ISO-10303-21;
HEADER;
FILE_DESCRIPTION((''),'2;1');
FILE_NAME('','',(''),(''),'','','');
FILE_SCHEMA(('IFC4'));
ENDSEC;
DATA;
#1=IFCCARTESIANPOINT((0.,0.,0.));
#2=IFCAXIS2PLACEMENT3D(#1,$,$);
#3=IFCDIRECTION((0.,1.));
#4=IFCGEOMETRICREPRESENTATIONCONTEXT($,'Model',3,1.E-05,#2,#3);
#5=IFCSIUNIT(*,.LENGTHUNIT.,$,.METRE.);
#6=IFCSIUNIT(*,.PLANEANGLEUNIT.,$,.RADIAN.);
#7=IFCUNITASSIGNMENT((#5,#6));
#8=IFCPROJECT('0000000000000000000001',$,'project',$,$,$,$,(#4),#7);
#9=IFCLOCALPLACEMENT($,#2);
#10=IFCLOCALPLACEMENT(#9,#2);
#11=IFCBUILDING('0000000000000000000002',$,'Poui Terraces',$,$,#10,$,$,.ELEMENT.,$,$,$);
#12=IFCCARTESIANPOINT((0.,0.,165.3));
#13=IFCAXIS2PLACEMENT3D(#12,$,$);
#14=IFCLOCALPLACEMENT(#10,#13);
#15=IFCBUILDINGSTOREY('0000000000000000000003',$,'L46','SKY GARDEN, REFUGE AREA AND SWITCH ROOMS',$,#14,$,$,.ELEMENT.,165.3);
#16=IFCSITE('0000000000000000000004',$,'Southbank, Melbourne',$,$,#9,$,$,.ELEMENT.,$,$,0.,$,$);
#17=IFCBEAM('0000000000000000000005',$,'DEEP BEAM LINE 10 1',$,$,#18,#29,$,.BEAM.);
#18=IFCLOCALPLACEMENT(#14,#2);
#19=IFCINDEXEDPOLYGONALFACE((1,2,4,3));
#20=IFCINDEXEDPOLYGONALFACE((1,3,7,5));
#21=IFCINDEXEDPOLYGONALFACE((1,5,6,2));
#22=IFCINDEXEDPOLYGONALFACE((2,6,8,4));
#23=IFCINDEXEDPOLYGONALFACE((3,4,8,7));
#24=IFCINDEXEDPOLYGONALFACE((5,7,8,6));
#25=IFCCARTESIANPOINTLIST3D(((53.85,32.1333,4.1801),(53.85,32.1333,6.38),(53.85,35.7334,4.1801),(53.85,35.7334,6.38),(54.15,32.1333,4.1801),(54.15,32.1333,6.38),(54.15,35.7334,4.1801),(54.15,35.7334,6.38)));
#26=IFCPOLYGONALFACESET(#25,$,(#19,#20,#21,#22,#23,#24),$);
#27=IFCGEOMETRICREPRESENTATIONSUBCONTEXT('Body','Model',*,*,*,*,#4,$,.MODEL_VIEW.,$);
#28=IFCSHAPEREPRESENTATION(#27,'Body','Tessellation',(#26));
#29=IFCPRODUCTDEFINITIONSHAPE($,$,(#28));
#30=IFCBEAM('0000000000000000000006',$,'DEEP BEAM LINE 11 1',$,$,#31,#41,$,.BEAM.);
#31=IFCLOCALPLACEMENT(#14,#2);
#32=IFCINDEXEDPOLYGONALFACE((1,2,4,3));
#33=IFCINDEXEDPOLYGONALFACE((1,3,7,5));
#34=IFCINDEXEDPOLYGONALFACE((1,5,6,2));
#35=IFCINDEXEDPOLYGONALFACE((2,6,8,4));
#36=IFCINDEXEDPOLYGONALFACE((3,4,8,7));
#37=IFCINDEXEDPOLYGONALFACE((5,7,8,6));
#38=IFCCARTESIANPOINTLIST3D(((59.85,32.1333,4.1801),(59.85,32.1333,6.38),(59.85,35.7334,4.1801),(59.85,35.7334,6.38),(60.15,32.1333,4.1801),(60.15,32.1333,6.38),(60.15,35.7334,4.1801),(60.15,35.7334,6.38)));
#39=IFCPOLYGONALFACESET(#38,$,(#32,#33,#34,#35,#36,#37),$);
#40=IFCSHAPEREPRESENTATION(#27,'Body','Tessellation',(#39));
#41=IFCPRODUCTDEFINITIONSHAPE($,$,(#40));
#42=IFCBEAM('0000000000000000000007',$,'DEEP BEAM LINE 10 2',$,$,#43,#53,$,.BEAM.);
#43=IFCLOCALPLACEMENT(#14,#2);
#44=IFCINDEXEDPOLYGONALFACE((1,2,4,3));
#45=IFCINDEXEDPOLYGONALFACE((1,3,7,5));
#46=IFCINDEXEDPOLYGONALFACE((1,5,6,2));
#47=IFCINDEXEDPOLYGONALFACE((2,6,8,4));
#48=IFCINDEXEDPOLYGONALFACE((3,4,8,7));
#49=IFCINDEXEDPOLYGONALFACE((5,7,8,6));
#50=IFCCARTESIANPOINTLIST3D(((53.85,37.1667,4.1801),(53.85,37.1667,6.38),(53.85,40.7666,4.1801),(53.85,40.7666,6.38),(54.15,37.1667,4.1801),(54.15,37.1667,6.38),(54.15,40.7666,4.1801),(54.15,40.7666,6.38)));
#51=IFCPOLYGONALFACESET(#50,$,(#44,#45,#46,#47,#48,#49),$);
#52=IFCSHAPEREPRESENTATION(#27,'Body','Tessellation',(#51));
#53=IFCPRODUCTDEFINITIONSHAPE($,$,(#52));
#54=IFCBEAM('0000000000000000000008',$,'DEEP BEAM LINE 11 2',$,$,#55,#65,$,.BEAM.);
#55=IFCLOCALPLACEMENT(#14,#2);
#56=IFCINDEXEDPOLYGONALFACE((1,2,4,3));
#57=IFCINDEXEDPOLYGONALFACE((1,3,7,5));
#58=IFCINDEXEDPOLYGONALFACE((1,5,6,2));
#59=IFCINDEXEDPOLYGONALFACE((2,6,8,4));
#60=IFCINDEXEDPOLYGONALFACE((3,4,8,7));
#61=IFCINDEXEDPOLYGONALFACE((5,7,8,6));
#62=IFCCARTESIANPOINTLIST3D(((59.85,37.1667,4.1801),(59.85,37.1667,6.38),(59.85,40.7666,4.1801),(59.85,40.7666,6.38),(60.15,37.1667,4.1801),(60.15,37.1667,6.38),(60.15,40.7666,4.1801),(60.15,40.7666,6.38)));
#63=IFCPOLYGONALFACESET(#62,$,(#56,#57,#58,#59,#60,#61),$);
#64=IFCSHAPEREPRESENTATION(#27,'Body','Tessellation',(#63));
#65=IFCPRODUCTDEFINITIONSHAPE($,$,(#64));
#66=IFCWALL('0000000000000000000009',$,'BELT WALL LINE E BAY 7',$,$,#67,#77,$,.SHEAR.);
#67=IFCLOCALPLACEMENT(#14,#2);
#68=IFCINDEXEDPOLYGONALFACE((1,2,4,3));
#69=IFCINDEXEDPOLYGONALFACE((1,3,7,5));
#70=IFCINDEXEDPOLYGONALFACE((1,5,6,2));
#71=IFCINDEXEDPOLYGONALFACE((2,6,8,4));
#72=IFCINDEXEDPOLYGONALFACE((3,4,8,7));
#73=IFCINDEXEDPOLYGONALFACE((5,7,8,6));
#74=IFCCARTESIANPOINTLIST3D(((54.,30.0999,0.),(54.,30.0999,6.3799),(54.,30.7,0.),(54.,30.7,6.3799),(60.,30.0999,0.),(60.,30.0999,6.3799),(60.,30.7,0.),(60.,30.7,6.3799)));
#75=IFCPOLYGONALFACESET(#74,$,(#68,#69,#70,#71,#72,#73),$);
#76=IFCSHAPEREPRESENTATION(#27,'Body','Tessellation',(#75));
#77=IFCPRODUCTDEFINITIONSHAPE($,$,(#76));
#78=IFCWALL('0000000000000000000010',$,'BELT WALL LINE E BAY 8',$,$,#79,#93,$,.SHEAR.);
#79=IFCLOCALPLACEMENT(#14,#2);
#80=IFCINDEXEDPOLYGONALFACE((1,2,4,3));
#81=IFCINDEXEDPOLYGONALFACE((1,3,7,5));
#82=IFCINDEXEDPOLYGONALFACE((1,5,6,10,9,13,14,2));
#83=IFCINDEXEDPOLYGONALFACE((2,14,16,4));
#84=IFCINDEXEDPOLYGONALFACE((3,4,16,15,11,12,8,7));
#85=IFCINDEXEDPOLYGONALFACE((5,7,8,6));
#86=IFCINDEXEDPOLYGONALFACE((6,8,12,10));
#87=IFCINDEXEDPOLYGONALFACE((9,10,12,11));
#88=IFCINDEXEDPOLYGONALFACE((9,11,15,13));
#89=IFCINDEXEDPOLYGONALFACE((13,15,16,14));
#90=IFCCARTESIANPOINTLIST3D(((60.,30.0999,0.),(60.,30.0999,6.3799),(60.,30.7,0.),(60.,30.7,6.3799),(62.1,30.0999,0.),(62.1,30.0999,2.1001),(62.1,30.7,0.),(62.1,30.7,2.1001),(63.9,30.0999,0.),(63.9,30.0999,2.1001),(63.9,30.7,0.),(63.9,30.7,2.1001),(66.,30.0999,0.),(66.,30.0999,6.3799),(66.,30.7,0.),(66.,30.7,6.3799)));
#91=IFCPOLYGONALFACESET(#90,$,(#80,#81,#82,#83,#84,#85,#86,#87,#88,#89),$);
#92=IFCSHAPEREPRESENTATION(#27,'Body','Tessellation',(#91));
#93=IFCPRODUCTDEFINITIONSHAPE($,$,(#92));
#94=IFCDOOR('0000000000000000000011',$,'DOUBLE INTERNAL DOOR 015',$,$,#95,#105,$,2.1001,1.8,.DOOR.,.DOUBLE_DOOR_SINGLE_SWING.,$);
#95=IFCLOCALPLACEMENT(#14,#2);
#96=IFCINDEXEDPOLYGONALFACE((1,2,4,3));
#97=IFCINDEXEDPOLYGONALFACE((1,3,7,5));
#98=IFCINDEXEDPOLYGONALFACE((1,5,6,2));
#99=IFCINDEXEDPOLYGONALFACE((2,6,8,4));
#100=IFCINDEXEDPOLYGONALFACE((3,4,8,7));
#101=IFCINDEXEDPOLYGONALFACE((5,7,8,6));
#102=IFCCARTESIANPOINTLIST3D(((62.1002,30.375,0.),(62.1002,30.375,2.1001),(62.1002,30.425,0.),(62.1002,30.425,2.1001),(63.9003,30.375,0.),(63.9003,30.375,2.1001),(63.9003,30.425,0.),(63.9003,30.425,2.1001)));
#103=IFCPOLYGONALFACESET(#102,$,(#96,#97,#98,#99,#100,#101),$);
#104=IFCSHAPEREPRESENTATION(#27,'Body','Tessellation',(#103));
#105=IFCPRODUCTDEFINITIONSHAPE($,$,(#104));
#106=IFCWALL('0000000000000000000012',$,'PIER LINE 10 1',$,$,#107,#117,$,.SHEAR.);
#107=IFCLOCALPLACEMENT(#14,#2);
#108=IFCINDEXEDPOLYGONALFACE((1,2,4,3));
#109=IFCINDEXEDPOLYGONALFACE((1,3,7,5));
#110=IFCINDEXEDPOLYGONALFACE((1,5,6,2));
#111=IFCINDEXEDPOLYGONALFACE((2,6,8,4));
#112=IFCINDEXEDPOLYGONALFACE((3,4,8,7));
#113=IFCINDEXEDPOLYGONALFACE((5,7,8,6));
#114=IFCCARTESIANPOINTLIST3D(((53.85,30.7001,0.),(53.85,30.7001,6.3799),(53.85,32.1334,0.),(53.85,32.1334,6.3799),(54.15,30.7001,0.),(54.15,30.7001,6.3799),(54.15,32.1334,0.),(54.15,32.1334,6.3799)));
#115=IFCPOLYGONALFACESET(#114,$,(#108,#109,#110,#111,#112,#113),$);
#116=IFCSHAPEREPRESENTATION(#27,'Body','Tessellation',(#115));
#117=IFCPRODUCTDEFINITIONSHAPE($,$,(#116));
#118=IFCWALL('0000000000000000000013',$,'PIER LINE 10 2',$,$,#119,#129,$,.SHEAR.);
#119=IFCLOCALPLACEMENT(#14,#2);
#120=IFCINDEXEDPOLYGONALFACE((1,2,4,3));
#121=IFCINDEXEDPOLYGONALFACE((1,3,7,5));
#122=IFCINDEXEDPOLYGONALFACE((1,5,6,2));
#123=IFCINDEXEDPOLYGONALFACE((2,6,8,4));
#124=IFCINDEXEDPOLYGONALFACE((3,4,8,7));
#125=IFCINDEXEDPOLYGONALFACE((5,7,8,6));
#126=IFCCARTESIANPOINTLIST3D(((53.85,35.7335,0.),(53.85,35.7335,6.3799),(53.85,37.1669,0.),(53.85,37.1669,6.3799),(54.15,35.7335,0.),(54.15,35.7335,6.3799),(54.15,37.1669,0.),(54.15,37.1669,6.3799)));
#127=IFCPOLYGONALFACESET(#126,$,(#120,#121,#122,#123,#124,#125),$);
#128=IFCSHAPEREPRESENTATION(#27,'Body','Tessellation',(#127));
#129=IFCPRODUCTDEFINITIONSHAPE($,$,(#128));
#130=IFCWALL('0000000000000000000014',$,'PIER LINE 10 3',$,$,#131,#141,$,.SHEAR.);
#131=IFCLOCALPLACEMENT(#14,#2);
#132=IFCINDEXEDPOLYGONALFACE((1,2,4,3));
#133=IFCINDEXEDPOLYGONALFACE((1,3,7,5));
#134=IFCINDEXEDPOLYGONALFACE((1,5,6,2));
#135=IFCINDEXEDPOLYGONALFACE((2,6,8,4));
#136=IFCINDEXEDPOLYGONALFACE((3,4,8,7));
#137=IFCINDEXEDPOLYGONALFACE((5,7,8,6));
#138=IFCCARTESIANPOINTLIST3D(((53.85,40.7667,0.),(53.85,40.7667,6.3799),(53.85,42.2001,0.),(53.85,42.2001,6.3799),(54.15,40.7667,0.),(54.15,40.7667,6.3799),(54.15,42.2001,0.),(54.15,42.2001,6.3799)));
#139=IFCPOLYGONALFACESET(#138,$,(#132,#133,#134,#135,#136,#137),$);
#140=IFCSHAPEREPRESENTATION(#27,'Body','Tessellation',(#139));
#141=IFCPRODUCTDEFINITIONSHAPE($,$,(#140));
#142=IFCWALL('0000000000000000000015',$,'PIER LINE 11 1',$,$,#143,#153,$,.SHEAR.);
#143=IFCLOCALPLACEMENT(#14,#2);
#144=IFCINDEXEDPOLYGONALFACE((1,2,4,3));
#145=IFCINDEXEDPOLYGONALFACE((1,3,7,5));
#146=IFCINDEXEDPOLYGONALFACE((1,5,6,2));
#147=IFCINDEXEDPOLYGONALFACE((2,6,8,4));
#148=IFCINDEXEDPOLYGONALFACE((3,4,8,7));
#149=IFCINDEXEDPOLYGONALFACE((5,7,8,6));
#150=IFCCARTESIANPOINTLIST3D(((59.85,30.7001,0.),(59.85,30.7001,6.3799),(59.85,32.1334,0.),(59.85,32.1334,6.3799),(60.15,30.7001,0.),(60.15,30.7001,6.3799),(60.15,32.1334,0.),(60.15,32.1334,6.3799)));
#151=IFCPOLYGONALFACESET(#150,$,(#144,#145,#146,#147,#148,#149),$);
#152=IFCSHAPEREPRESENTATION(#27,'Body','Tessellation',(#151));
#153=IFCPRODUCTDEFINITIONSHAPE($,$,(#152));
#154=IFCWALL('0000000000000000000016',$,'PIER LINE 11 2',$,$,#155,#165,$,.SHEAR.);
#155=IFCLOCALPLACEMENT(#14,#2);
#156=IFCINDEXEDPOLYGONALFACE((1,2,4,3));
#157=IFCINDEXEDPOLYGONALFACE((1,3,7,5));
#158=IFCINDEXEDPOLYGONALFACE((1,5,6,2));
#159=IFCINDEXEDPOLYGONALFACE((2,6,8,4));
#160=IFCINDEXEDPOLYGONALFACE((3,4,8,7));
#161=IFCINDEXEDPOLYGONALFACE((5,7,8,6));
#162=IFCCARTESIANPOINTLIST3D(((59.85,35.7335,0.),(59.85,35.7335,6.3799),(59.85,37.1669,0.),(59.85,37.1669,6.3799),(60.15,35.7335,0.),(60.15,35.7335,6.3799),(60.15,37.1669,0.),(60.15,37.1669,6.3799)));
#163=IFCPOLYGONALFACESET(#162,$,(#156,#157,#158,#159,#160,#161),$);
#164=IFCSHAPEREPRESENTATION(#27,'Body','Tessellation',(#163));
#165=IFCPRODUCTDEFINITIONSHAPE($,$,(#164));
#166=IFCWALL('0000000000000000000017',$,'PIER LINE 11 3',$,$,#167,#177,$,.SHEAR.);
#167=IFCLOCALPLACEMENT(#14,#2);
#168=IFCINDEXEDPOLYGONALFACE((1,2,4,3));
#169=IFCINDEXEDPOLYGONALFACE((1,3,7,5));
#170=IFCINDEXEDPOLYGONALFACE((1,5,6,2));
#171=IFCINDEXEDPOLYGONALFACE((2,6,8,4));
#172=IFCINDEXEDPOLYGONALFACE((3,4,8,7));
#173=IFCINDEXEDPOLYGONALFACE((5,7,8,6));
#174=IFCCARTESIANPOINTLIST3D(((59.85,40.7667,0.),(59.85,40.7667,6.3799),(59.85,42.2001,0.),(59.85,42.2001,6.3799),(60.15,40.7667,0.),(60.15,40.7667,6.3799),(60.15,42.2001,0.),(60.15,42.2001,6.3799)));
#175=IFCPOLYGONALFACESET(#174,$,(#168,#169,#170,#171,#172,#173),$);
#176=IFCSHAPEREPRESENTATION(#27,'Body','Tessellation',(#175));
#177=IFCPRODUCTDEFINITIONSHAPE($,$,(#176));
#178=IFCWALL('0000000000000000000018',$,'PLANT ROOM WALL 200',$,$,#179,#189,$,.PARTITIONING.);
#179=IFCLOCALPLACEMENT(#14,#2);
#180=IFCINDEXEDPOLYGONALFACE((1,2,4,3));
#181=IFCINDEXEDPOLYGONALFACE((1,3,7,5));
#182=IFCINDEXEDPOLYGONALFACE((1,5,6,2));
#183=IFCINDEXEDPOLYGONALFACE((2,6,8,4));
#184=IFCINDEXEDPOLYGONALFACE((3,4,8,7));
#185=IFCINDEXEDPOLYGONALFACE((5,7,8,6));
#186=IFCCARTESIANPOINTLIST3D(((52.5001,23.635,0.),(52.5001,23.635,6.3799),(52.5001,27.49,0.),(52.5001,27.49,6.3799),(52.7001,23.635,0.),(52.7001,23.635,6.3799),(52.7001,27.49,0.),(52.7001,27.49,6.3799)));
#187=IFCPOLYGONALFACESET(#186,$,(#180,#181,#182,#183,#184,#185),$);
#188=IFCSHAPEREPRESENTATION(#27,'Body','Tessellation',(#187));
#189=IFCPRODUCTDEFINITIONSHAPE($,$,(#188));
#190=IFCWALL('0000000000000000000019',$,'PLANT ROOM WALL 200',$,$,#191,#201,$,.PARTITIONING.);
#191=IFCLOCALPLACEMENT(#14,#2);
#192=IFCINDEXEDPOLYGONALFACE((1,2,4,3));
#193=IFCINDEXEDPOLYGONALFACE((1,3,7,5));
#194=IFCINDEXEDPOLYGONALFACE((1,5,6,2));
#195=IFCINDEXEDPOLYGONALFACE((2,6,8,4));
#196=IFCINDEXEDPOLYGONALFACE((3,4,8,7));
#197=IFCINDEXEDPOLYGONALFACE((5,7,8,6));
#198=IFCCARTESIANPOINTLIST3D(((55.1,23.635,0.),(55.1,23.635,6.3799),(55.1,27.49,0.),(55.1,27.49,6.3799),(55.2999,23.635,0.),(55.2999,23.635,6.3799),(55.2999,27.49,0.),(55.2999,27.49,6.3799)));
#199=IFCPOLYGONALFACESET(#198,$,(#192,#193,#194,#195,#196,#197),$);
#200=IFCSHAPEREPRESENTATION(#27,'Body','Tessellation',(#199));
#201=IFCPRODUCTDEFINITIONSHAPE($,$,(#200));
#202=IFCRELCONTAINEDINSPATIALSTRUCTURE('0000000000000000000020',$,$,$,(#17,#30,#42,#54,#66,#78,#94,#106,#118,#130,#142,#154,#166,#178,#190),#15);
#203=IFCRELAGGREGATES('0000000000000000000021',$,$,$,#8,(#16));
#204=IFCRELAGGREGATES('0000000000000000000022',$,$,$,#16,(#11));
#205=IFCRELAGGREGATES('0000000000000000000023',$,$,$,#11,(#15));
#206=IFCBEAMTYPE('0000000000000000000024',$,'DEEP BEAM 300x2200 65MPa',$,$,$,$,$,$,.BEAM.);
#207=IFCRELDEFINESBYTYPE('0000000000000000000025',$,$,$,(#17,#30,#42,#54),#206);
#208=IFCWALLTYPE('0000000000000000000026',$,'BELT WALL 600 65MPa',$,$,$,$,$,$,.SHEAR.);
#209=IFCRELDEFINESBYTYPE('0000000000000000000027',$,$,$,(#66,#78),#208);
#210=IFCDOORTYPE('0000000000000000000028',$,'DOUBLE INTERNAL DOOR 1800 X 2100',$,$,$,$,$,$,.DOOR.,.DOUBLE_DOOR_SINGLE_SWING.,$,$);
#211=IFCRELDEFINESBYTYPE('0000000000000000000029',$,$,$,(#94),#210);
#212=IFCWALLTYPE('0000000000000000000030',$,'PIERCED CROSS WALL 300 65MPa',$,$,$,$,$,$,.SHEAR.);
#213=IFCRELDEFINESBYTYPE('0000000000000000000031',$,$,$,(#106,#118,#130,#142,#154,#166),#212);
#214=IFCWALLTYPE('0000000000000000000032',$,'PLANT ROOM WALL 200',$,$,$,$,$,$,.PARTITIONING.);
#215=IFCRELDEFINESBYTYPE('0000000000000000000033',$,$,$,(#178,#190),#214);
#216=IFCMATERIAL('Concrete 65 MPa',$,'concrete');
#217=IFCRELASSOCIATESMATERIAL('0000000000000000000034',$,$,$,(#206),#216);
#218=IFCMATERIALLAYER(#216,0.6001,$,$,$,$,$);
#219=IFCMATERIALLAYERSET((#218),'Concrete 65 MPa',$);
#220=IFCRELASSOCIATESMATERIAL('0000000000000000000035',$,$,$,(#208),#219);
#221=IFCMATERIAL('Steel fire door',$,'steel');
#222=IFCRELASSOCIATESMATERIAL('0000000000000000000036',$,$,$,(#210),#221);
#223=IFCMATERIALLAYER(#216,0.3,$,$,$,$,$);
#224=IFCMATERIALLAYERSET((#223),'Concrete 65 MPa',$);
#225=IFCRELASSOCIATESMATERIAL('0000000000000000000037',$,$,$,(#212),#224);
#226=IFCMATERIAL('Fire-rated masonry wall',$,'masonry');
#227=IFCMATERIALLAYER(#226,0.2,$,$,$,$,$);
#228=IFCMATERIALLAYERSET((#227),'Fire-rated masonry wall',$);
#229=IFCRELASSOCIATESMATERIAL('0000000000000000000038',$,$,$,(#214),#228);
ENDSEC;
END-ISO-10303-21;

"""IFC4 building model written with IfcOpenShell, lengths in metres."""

from ifc_helpers import new_model, si_unit, direction, frame, frame_2d, origin, origin_2d, place, context, subcontext, project, spatial, rectangle, extrude, source, transform, mapped, material, layer, layer_set, material_profile, profile_set, type_object, element, fill, save


model = new_model("IFC4")

# Units and contexts
model_context = context("Model", 3, precision=1e-05, world=origin(), true_north=direction((0.0, 1.0)))
body_context = subcontext(model_context, "Body", "Model", "MODEL_VIEW")
ifc_project = project(units=[si_unit("LENGTHUNIT", "METRE"), si_unit("PLANEANGLEUNIT", "RADIAN")], contexts=[model_context])

# Site, building, storey
site_placement = place(None, origin())
site = spatial("IfcSite", under=ifc_project, at=site_placement, Name="Southbank, Melbourne", CompositionType="ELEMENT", RefElevation=0.0)
building_placement = place(site_placement, origin())
building = spatial("IfcBuilding", under=site, at=building_placement, Name="Poui Terraces", CompositionType="ELEMENT")
storey_placement = place(building_placement, frame((0.0, 0.0, 165.3)))
storey = spatial("IfcBuildingStorey", under=building, at=storey_placement, Name="L46", Description="SKY GARDEN, REFUGE AREA AND SWITCH ROOMS", CompositionType="ELEMENT", Elevation=165.3)

# Beams
ifc_material_1 = material(Name="Concrete 65 MPa", Category="concrete")
ifc_material_profile = material_profile(ifc_material_1, rectangle(XDim=0.3, YDim=2.2, at=origin_2d()), Name="RC 300x2200")
ifc_profile_set = profile_set([ifc_material_profile], Name="Concrete 65 MPa")
beam_type = type_object("IfcBeamType", Name="DEEP BEAM 300x2200 65MPa", PredefinedType="BEAM", material=ifc_profile_set)
shared_shape_1 = source(origin(), body_context, "Body", "SweptSolid", [
    extrude(rectangle(XDim=0.3, YDim=2.2, at=origin_2d()), origin(), (0.0, 0.0, 1.0), 3.6001),
])
for number, where, z_axis, x_axis, name in (
    (1, (54.0, 32.1333, 5.28), (0.0, 1.0, 0.0), (-1.0, 0.0, 0.0), "DEEP BEAM LINE 10 1"),
    (2, (60.0, 32.1333, 5.28), (0.0, 1.0, 0.0), (-1.0, 0.0, 0.0), "DEEP BEAM LINE 11 1"),
):
    element("IfcBeam", number, at=place(storey_placement, frame(where, z_axis=z_axis, x_axis=x_axis)), inside=storey, type_object=beam_type, Name=name, PredefinedType="BEAM", context=body_context, shape_type="MappedRepresentation", body=[
        mapped(shared_shape_1, transform((0.0, 0.0, 0.0))),
    ])
shared_shape_2 = source(origin(), body_context, "Body", "SweptSolid", [
    extrude(rectangle(XDim=0.3, YDim=2.2, at=origin_2d()), origin(), (0.0, 0.0, 1.0), 3.5999),
])
for number, where, z_axis, x_axis, name in (
    (3, (54.0, 37.1667, 5.28), (0.0, 1.0, 0.0), (-1.0, 0.0, 0.0), "DEEP BEAM LINE 10 2"),
    (4, (60.0, 37.1667, 5.28), (0.0, 1.0, 0.0), (-1.0, 0.0, 0.0), "DEEP BEAM LINE 11 2"),
):
    element("IfcBeam", number, at=place(storey_placement, frame(where, z_axis=z_axis, x_axis=x_axis)), inside=storey, type_object=beam_type, Name=name, PredefinedType="BEAM", context=body_context, shape_type="MappedRepresentation", body=[
        mapped(shared_shape_2, transform((0.0, 0.0, 0.0))),
    ])

# Wall
ifc_layer_1 = layer(ifc_material_1, 0.6001)
ifc_layer_set_1 = layer_set([ifc_layer_1], Name="Concrete 65 MPa")
wall_type_1 = type_object("IfcWallType", Name="BELT WALL 600 65MPa", PredefinedType="SHEAR", material=ifc_layer_set_1)
wall_1_placement = place(storey_placement, frame((54.0, 30.3999, 0.0), z_axis=(0.0, 0.0, 1.0), x_axis=(1.0, 0.0, 0.0)))
element("IfcWall", 5, at=wall_1_placement, inside=storey, type_object=wall_type_1, Name="BELT WALL LINE E BAY 7", PredefinedType="SHEAR", context=body_context, shape_type="SweptSolid", body=[
    extrude(rectangle(XDim=6.0, YDim=0.6001, at=frame_2d((3.0, 0.0))), origin(), (0.0, 0.0, 1.0), 6.3799),
])

# Wall, opening, door
wall_2_placement = place(storey_placement, frame((60.0, 30.3999, 0.0), z_axis=(0.0, 0.0, 1.0), x_axis=(1.0, 0.0, 0.0)))
wall_2 = element("IfcWall", 6, at=wall_2_placement, inside=storey, type_object=wall_type_1, Name="BELT WALL LINE E BAY 8", PredefinedType="SHEAR", context=body_context, shape_type="SweptSolid", body=[
    extrude(rectangle(XDim=6.0, YDim=0.6001, at=frame_2d((3.0, 0.0))), origin(), (0.0, 0.0, 1.0), 6.3799),
])
opening_placement = place(wall_2_placement, frame((2.1001, 0.0, 0.0)))
opening = element("IfcOpeningElement", 7, at=opening_placement, cuts=wall_2, PredefinedType="OPENING", context=body_context, shape_type="SweptSolid", body=[
    extrude(rectangle(XDim=1.8, YDim=2.1001, at=frame_2d((0.8999, 1.05))), frame((0.0, 0.3101, 0.0), z_axis=(0.0, -1.0, 0.0), x_axis=(1.0, 0.0, 0.0)), (0.0, 0.0, 1.0), 0.6201),
])
ifc_material_2 = material(Name="Steel fire door", Category="steel")
door_type = type_object("IfcDoorType", Name="DOUBLE INTERNAL DOOR 1800 X 2100", OperationType="DOUBLE_DOOR_SINGLE_SWING", PredefinedType="DOOR", material=ifc_material_2)
door_placement = place(opening_placement, frame((1.8, 0.0, 0.0), z_axis=(0.0, 0.0, 1.0), x_axis=(-1.0, 0.0, 0.0)))
door = element("IfcDoor", 8, at=door_placement, inside=storey, type_object=door_type, Name="DOUBLE INTERNAL DOOR 015", OperationType="DOUBLE_DOOR_SINGLE_SWING", OverallHeight=2.1001, OverallWidth=1.8, PredefinedType="DOOR", context=body_context, shape_type="SweptSolid", body=[
    extrude(rectangle(XDim=1.8, YDim=2.1001, at=frame_2d((0.8999, 1.05))), frame((0.0, 0.0249, 0.0), z_axis=(0.0, -1.0, 0.0), x_axis=(1.0, 0.0, 0.0)), (0.0, 0.0, 1.0), 0.05),
])
fill(opening, door)

# Walls
ifc_layer_2 = layer(ifc_material_1, 0.3)
ifc_layer_set_2 = layer_set([ifc_layer_2], Name="Concrete 65 MPa")
wall_type_2 = type_object("IfcWallType", Name="PIERCED CROSS WALL 300 65MPa", PredefinedType="SHEAR", material=ifc_layer_set_2)
for number, where, z_axis, x_axis, name in (
    (9, (54.0, 30.7, 0.0), (0.0, 0.0, 1.0), (0.0, 1.0, 0.0), "PIER LINE 10 1"),
    (10, (54.0, 35.7334, 0.0), (0.0, 0.0, 1.0), (0.0, 1.0, 0.0), "PIER LINE 10 2"),
    (11, (54.0, 40.7666, 0.0), (0.0, 0.0, 1.0), (0.0, 1.0, 0.0), "PIER LINE 10 3"),
    (12, (60.0, 30.7, 0.0), (0.0, 0.0, 1.0), (0.0, 1.0, 0.0), "PIER LINE 11 1"),
    (13, (60.0, 35.7334, 0.0), (0.0, 0.0, 1.0), (0.0, 1.0, 0.0), "PIER LINE 11 2"),
    (14, (60.0, 40.7666, 0.0), (0.0, 0.0, 1.0), (0.0, 1.0, 0.0), "PIER LINE 11 3"),
):
    element("IfcWall", number, at=place(storey_placement, frame(where, z_axis=z_axis, x_axis=x_axis)), inside=storey, type_object=wall_type_2, Name=name, PredefinedType="SHEAR", context=body_context, shape_type="SweptSolid", body=[
        extrude(rectangle(XDim=1.4333, YDim=0.3, at=frame_2d((0.7168, 0.0))), origin(), (0.0, 0.0, 1.0), 6.3799),
    ])
ifc_material_3 = material(Name="Fire-rated masonry wall", Category="masonry")
ifc_layer_3 = layer(ifc_material_3, 0.2)
ifc_layer_set_3 = layer_set([ifc_layer_3], Name="Fire-rated masonry wall")
wall_type_3 = type_object("IfcWallType", Name="PLANT ROOM WALL 200", PredefinedType="PARTITIONING", material=ifc_layer_set_3)
for number, where, z_axis, x_axis, name in (
    (15, (52.6001, 23.635, 0.0), (0.0, 0.0, 1.0), (0.0, 1.0, 0.0), "PLANT ROOM WALL 200"),
    (16, (55.2, 23.635, 0.0), (0.0, 0.0, 1.0), (0.0, 1.0, 0.0), "PLANT ROOM WALL 200"),
):
    element("IfcWall", number, at=place(storey_placement, frame(where, z_axis=z_axis, x_axis=x_axis)), inside=storey, type_object=wall_type_3, Name=name, PredefinedType="PARTITIONING", context=body_context, shape_type="SweptSolid", body=[
        extrude(rectangle(XDim=3.855, YDim=0.2, at=frame_2d((1.9275, 0.0))), origin(), (0.0, 0.0, 1.0), 6.3799),
    ])

save(model, "model.ifc")
